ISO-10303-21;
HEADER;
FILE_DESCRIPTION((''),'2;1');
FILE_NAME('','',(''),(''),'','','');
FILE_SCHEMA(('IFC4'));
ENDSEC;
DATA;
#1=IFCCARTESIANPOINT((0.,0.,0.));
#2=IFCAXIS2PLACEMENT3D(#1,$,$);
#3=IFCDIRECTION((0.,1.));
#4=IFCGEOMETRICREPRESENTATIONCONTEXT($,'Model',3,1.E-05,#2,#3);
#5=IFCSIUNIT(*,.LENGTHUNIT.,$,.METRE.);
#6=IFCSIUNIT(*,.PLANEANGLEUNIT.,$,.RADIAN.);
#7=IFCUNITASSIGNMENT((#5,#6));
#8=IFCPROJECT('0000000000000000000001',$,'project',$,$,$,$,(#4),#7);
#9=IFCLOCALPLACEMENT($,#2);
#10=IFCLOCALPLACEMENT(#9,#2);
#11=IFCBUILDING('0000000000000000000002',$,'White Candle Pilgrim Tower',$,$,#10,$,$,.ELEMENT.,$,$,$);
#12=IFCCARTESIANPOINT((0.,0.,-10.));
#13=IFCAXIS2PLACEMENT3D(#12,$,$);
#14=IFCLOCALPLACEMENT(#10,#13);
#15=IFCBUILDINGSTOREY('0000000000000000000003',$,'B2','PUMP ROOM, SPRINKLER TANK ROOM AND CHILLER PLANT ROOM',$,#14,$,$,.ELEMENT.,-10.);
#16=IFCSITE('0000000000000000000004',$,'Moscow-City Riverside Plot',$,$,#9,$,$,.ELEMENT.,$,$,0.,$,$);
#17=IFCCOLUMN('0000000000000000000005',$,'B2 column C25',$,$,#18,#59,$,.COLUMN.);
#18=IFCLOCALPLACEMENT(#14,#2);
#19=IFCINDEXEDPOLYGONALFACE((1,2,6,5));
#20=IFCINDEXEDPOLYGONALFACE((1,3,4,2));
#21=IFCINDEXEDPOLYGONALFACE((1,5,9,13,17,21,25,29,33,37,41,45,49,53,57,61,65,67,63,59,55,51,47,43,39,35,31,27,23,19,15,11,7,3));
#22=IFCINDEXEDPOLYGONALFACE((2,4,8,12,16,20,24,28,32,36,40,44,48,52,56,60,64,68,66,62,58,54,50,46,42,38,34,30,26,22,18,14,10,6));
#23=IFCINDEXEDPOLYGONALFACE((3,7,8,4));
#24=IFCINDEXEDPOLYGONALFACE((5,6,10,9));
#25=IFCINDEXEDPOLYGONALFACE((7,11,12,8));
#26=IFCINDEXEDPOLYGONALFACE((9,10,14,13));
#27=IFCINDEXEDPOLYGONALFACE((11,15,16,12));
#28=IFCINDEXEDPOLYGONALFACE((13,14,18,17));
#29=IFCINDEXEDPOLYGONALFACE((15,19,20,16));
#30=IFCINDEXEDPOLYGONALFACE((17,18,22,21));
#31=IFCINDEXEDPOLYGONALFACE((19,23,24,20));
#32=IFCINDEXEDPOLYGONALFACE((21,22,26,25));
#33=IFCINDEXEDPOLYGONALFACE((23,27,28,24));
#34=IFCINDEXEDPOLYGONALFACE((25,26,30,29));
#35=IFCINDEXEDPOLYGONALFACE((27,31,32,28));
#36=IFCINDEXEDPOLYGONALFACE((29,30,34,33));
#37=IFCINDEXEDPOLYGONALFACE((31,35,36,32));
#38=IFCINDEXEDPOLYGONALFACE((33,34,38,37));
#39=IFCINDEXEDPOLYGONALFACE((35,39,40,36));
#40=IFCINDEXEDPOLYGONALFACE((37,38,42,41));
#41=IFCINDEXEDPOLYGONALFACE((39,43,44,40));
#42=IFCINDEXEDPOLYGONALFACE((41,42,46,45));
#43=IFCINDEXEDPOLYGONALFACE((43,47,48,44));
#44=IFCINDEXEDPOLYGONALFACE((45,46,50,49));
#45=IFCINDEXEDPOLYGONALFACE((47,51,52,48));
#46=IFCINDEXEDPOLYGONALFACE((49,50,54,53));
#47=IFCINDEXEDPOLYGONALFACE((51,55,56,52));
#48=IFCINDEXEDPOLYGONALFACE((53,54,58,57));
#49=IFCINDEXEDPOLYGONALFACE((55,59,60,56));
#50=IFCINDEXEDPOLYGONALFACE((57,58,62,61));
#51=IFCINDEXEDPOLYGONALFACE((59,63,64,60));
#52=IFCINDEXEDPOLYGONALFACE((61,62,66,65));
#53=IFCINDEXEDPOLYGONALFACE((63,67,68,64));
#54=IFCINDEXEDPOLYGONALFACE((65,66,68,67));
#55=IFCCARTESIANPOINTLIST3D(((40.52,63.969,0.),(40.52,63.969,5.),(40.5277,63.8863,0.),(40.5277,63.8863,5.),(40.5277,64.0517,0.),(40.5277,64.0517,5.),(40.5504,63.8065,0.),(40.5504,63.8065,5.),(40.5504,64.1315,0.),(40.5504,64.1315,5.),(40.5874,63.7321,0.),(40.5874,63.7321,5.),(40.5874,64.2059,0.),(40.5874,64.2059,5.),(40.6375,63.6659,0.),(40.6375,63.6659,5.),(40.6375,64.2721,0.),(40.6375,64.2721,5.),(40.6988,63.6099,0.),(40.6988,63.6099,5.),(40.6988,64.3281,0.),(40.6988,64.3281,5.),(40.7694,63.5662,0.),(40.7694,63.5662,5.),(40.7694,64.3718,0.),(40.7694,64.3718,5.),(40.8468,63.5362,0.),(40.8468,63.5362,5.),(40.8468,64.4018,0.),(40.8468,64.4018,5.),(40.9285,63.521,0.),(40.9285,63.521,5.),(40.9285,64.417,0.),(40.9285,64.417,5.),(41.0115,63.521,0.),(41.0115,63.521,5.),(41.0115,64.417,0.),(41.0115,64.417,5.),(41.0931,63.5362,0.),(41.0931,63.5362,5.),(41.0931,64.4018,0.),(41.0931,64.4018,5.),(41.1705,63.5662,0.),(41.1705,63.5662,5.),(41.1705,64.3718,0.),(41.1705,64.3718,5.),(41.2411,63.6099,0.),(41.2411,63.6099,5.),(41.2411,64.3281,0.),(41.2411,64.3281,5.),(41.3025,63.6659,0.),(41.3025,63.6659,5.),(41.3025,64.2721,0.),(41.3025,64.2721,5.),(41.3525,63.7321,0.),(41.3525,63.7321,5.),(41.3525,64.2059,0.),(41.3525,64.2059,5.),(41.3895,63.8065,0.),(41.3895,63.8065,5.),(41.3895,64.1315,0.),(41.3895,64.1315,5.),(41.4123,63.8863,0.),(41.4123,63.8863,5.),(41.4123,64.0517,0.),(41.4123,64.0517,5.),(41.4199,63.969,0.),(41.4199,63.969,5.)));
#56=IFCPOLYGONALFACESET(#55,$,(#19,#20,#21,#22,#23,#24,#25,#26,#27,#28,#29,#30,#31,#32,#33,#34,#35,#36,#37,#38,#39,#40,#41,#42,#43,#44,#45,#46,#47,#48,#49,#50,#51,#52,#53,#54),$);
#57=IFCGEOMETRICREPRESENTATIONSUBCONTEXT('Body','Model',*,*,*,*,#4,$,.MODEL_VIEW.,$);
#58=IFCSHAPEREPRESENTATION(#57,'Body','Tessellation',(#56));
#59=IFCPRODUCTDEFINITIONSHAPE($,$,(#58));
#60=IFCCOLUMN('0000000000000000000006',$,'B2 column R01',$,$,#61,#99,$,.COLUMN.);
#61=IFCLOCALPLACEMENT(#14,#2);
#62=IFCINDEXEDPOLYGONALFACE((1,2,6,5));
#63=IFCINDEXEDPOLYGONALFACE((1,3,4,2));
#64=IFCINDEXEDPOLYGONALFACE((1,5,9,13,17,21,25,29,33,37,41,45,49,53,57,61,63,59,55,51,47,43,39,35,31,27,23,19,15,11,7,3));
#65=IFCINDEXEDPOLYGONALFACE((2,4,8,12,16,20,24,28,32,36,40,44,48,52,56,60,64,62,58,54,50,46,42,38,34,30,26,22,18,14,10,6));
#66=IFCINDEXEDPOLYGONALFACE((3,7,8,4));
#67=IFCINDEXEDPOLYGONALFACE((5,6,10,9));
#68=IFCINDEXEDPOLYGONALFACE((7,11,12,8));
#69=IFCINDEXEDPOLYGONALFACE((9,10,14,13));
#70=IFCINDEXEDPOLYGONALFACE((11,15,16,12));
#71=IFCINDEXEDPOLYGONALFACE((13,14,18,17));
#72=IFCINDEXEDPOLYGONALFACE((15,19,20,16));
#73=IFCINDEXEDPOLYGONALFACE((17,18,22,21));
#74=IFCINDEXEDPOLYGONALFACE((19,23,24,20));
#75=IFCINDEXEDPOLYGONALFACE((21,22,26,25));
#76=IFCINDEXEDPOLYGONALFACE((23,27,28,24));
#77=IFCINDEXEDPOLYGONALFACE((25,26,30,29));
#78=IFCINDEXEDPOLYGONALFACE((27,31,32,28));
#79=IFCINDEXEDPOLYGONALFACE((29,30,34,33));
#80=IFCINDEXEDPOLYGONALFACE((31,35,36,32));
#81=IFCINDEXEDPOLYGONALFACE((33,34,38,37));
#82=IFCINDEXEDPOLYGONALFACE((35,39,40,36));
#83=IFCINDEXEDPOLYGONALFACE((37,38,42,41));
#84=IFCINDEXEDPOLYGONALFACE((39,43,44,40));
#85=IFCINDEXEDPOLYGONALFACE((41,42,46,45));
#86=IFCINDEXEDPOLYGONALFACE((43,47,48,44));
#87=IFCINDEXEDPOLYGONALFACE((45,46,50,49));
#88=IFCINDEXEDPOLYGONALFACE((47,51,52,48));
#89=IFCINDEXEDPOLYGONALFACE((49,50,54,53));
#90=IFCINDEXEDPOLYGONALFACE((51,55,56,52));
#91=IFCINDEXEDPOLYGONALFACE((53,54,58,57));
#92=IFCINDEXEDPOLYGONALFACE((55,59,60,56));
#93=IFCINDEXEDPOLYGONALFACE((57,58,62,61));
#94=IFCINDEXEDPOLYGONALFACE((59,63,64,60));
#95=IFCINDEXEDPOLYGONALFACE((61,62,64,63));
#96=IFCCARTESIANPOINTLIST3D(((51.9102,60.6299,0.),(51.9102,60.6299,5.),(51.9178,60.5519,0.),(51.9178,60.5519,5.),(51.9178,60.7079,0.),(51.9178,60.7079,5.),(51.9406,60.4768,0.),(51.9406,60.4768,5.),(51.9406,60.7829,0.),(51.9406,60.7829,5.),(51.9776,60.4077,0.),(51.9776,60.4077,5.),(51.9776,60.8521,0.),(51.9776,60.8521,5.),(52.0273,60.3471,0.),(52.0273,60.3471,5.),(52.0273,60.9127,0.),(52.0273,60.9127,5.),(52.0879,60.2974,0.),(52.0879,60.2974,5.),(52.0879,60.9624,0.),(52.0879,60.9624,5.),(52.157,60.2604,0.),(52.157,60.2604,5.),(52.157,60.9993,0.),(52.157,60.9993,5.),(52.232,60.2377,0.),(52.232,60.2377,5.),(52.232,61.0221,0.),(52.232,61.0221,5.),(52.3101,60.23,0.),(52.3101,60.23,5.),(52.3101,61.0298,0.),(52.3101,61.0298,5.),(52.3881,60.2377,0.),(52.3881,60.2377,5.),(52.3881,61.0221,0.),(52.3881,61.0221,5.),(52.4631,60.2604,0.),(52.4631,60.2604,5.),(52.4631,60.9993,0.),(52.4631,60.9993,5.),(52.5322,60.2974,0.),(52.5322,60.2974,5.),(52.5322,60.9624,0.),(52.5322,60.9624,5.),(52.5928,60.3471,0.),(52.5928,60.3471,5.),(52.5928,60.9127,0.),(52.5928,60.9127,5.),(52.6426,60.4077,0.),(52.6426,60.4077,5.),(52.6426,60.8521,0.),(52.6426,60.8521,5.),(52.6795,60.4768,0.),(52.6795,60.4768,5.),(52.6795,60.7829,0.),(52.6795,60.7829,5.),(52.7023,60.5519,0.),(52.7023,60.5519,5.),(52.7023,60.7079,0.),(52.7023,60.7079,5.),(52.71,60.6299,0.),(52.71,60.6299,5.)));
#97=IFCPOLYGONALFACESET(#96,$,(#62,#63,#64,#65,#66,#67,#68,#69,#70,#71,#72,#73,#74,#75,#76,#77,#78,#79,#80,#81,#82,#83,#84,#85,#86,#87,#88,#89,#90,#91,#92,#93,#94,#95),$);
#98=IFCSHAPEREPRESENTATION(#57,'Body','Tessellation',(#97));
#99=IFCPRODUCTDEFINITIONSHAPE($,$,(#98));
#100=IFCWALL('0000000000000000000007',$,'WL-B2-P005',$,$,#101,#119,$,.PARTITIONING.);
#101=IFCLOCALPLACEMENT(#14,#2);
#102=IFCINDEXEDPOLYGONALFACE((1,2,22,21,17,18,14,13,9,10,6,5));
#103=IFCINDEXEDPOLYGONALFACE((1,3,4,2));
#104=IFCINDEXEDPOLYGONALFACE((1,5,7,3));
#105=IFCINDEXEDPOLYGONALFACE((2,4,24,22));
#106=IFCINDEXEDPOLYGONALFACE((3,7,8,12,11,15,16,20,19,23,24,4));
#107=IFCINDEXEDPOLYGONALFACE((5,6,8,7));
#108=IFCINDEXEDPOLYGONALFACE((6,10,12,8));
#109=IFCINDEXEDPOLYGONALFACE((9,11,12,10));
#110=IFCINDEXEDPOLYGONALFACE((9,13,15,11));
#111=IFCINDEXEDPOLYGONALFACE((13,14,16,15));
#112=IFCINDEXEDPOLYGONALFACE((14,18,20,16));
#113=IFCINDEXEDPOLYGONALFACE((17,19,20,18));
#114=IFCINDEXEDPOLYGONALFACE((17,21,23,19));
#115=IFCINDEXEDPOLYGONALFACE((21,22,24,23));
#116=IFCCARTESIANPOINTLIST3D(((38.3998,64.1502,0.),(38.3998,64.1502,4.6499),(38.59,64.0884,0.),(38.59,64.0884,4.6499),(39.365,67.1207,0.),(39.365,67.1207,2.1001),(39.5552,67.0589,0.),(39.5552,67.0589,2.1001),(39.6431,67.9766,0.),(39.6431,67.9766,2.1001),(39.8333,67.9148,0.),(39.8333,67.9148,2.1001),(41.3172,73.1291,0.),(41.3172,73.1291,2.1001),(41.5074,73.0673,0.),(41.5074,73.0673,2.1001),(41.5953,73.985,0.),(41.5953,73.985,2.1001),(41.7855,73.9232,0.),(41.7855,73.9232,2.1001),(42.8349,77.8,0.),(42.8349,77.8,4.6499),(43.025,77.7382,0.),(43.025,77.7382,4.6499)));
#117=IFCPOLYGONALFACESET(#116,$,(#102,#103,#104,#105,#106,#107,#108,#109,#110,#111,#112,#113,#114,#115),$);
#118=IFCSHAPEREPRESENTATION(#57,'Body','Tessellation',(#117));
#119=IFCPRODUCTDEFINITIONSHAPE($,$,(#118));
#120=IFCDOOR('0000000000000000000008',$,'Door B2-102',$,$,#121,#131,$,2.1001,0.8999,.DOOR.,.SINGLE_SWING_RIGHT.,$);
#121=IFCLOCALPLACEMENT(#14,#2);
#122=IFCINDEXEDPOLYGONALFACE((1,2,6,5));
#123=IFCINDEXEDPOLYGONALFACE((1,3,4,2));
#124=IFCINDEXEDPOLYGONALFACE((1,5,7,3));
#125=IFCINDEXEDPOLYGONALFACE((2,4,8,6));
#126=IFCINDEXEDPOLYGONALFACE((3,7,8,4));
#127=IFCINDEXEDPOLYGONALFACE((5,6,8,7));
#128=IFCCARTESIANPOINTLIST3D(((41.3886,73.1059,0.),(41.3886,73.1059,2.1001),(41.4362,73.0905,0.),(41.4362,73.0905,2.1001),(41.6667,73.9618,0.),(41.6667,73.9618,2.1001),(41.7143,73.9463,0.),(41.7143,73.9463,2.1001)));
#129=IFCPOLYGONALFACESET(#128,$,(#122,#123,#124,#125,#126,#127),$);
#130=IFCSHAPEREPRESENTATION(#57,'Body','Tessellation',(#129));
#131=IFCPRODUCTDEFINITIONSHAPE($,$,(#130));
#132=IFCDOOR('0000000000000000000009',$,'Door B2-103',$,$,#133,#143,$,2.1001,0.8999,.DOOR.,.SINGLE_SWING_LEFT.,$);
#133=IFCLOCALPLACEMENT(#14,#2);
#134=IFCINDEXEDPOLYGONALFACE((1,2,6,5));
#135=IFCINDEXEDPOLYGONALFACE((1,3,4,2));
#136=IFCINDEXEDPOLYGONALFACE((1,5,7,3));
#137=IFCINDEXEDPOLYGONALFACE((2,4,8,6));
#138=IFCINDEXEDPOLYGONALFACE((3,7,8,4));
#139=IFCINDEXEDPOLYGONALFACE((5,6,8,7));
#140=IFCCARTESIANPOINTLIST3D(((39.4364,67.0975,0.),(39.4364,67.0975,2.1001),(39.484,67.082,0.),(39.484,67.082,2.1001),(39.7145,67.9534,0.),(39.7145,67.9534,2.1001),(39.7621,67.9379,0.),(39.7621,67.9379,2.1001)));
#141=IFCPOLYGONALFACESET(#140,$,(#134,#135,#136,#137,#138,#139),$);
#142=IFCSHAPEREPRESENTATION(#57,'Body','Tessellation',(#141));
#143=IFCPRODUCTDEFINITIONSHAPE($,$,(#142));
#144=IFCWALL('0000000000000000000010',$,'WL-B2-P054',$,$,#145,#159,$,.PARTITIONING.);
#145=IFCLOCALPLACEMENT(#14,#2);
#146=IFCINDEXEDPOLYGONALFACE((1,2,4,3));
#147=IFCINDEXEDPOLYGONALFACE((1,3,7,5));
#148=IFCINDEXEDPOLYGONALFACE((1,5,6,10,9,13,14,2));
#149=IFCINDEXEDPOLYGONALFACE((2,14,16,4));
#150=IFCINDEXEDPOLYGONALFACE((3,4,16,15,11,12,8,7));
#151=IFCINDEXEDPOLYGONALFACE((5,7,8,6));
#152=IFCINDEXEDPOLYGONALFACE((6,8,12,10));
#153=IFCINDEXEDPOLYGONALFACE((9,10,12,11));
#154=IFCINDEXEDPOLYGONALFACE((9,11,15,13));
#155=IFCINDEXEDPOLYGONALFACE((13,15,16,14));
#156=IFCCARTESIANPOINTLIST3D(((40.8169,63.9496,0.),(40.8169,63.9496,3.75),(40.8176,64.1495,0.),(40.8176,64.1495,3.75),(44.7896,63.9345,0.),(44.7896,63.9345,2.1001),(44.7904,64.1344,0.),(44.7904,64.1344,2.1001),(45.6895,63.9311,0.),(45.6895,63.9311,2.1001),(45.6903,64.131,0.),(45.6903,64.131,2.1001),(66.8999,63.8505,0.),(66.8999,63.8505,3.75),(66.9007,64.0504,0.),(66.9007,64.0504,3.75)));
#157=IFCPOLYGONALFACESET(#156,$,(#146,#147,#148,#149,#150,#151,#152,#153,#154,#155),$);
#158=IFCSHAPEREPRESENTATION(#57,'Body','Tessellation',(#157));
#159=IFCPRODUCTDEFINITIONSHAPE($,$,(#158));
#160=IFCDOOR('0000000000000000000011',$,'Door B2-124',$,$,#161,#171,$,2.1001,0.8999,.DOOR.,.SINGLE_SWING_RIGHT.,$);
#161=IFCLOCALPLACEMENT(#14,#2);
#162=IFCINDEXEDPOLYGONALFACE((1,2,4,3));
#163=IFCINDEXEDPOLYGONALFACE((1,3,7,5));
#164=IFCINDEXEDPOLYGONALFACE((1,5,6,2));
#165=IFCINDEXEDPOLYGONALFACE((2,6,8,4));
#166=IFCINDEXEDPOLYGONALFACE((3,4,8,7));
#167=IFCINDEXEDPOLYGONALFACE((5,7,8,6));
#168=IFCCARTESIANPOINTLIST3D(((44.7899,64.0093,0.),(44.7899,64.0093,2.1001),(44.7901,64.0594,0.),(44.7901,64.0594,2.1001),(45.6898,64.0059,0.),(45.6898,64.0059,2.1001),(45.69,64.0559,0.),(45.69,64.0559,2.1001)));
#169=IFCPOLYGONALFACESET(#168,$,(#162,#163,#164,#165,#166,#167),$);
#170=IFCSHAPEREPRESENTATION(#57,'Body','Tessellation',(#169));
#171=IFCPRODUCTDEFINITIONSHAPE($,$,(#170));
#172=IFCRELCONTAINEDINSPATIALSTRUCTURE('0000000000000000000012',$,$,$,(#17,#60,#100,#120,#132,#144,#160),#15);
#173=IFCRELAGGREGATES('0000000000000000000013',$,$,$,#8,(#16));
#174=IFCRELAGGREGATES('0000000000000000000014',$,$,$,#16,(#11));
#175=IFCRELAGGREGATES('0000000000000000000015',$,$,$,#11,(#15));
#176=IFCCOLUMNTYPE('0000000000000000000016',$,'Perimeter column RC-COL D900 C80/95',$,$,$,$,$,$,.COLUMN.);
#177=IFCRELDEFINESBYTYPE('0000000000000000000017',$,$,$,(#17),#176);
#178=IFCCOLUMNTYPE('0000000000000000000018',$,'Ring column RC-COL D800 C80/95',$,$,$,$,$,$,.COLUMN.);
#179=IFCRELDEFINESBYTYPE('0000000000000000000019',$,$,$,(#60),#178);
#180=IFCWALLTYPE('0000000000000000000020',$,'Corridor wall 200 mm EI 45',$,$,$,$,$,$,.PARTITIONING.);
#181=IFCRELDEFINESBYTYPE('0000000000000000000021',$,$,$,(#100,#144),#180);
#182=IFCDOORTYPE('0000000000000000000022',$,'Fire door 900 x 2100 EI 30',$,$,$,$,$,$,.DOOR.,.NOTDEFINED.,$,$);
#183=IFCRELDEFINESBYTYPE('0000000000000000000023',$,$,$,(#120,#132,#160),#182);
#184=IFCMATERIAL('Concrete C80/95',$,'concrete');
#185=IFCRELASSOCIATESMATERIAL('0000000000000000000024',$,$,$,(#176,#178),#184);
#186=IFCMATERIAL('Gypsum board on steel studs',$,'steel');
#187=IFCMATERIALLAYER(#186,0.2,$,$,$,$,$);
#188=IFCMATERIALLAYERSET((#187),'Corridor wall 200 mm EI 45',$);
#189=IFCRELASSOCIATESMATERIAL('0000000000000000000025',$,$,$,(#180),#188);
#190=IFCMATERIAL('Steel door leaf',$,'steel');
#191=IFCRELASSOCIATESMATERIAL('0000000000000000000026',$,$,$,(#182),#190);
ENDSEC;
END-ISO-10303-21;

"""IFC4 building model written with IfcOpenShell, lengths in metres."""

from ifc_helpers import new_model, si_unit, direction, frame, frame_2d, origin, origin_2d, place, context, subcontext, project, spatial, rectangle, circle, extrude, material, layer, layer_set, material_profile, profile_set, type_object, element, fill, save


model = new_model("IFC4")

# Units and contexts
model_context = context("Model", 3, precision=1e-05, world=origin(), true_north=direction((0.0, 1.0)))
body_context = subcontext(model_context, "Body", "Model", "MODEL_VIEW")
ifc_project = project(units=[si_unit("LENGTHUNIT", "METRE"), si_unit("PLANEANGLEUNIT", "RADIAN")], contexts=[model_context])

# Site, building, storey
site_placement = place(None, origin())
site = spatial("IfcSite", under=ifc_project, at=site_placement, Name="Moscow-City Riverside Plot", CompositionType="ELEMENT", RefElevation=0.0)
building_placement = place(site_placement, origin())
building = spatial("IfcBuilding", under=site, at=building_placement, Name="White Candle Pilgrim Tower", CompositionType="ELEMENT")
storey_placement = place(building_placement, frame((0.0, 0.0, -10.0)))
storey = spatial("IfcBuildingStorey", under=building, at=storey_placement, Name="B2", Description="PUMP ROOM, SPRINKLER TANK ROOM AND CHILLER PLANT ROOM", CompositionType="ELEMENT", Elevation=-10.0)

# Columns
ifc_material_1 = material(Name="Concrete C80/95", Category="concrete")
ifc_material_profile_1 = material_profile(ifc_material_1, circle(Radius=0.45, at=origin_2d()), Name="RC-COL D900")
ifc_profile_set_1 = profile_set([ifc_material_profile_1], Name="Concrete C80/95")
column_type_1 = type_object("IfcColumnType", Name="Perimeter column RC-COL D900 C80/95", PredefinedType="COLUMN", material=ifc_profile_set_1)
for number, where, z_axis, x_axis, name in (
    (1, (40.97, 63.969, 0.0), (0.0, 0.0, 1.0), (1.0, 0.0, 0.0), "B2 column C25"),
):
    element("IfcColumn", number, at=place(storey_placement, frame(where, z_axis=z_axis, x_axis=x_axis)), inside=storey, type_object=column_type_1, Name=name, PredefinedType="COLUMN", context=body_context, shape_type="SweptSolid", body=[
        extrude(circle(Radius=0.45, at=origin_2d()), origin(), (0.0, 0.0, 1.0), 5.0),
    ])
ifc_material_profile_2 = material_profile(ifc_material_1, circle(Radius=0.3999, at=origin_2d()), Name="RC-COL D800")
ifc_profile_set_2 = profile_set([ifc_material_profile_2], Name="Concrete C80/95")
column_type_2 = type_object("IfcColumnType", Name="Ring column RC-COL D800 C80/95", PredefinedType="COLUMN", material=ifc_profile_set_2)
column_placement = place(storey_placement, frame((52.3101, 60.6299, 0.0), z_axis=(0.0, 0.0, 1.0), x_axis=(1.0, 0.0, 0.0)))
element("IfcColumn", 2, at=column_placement, inside=storey, type_object=column_type_2, Name="B2 column R01", PredefinedType="COLUMN", context=body_context, shape_type="SweptSolid", body=[
    extrude(circle(Radius=0.3999, at=origin_2d()), origin(), (0.0, 0.0, 1.0), 5.0),
])

# Wall, openings, doors
ifc_material_2 = material(Name="Gypsum board on steel studs", Category="steel")
ifc_layer_1 = layer(ifc_material_2, 0.2)
ifc_layer_set_1 = layer_set([ifc_layer_1], Name="Corridor wall 200 mm EI 45")
wall_type_1 = type_object("IfcWallType", Name="Corridor wall 200 mm EI 45", PredefinedType="PARTITIONING", material=ifc_layer_set_1)
wall_1_placement = place(storey_placement, frame((38.4949, 64.1191, 0.0), z_axis=(0.0, 0.0, 1.0), x_axis=(0.309013, 0.951058, 0.0)))
wall_1 = element("IfcWall", 3, at=wall_1_placement, inside=storey, type_object=wall_type_1, Name="WL-B2-P005", PredefinedType="PARTITIONING", context=body_context, shape_type="SweptSolid", body=[
    extrude(rectangle(XDim=14.3523, YDim=0.2, at=frame_2d((7.1763, 0.0))), origin(), (0.0, 0.0, 1.0), 4.6499),
])
opening_1_placement = place(wall_1_placement, frame((9.4412, 0.0, 0.0)))
opening_1 = element("IfcOpeningElement", 4, at=opening_1_placement, cuts=wall_1, PredefinedType="OPENING", context=body_context, shape_type="SweptSolid", body=[
    extrude(rectangle(XDim=0.8999, YDim=2.1001, at=frame_2d((0.45, 1.05))), frame((0.0, 0.1099, 0.0), z_axis=(0.0, -1.0, 0.0), x_axis=(1.0, 0.0, 0.0)), (0.0, 0.0, 1.0), 0.22),
])
opening_2_placement = place(wall_1_placement, frame((3.1235, 0.0, 0.0)))
opening_2 = element("IfcOpeningElement", 5, at=opening_2_placement, cuts=wall_1, PredefinedType="OPENING", context=body_context, shape_type="SweptSolid", body=[
    extrude(rectangle(XDim=0.8999, YDim=2.1001, at=frame_2d((0.45, 1.05))), frame((0.0, 0.1099, 0.0), z_axis=(0.0, -1.0, 0.0), x_axis=(1.0, 0.0, 0.0)), (0.0, 0.0, 1.0), 0.22),
])
ifc_material_3 = material(Name="Steel door leaf", Category="steel")
door_type = type_object("IfcDoorType", Name="Fire door 900 x 2100 EI 30", OperationType="NOTDEFINED", PredefinedType="DOOR", material=ifc_material_3)
door_1_placement = place(opening_1_placement, origin())
door_1 = element("IfcDoor", 6, at=door_1_placement, inside=storey, type_object=door_type, Name="Door B2-102", OperationType="SINGLE_SWING_RIGHT", OverallHeight=2.1001, OverallWidth=0.8999, PredefinedType="DOOR", context=body_context, shape_type="SweptSolid", body=[
    extrude(rectangle(XDim=0.8999, YDim=2.1001, at=frame_2d((0.45, 1.05))), frame((0.0, 0.0249, 0.0), z_axis=(0.0, -1.0, 0.0), x_axis=(1.0, 0.0, 0.0)), (0.0, 0.0, 1.0), 0.05),
])
fill(opening_1, door_1)
door_2_placement = place(opening_2_placement, origin())
door_2 = element("IfcDoor", 7, at=door_2_placement, inside=storey, type_object=door_type, Name="Door B2-103", OperationType="SINGLE_SWING_LEFT", OverallHeight=2.1001, OverallWidth=0.8999, PredefinedType="DOOR", context=body_context, shape_type="SweptSolid", body=[
    extrude(rectangle(XDim=0.8999, YDim=2.1001, at=frame_2d((0.45, 1.05))), frame((0.0, 0.0249, 0.0), z_axis=(0.0, -1.0, 0.0), x_axis=(1.0, 0.0, 0.0)), (0.0, 0.0, 1.0), 0.05),
])
fill(opening_2, door_2)

# Wall, opening, door
wall_2_placement = place(storey_placement, frame((40.8174, 64.0496, 0.0), z_axis=(0.0, 0.0, 1.0), x_axis=(0.999993, -0.0038, 0.0)))
wall_2 = element("IfcWall", 8, at=wall_2_placement, inside=storey, type_object=wall_type_1, Name="WL-B2-P054", PredefinedType="PARTITIONING", context=body_context, shape_type="SweptSolid", body=[
    extrude(rectangle(XDim=26.0833, YDim=0.2, at=frame_2d((13.0415, 0.0))), origin(), (0.0, 0.0, 1.0), 3.75),
])
opening_3_placement = place(wall_2_placement, frame((3.9727, 0.0, 0.0)))
opening_3 = element("IfcOpeningElement", 9, at=opening_3_placement, cuts=wall_2, PredefinedType="OPENING", context=body_context, shape_type="SweptSolid", body=[
    extrude(rectangle(XDim=0.8999, YDim=2.1001, at=frame_2d((0.45, 1.05))), frame((0.0, 0.1099, 0.0), z_axis=(0.0, -1.0, 0.0), x_axis=(1.0, 0.0, 0.0)), (0.0, 0.0, 1.0), 0.22),
])
door_3_placement = place(opening_3_placement, origin())
door_3 = element("IfcDoor", 10, at=door_3_placement, inside=storey, type_object=door_type, Name="Door B2-124", OperationType="SINGLE_SWING_RIGHT", OverallHeight=2.1001, OverallWidth=0.8999, PredefinedType="DOOR", context=body_context, shape_type="SweptSolid", body=[
    extrude(rectangle(XDim=0.8999, YDim=2.1001, at=frame_2d((0.45, 1.05))), frame((0.0, 0.0249, 0.0), z_axis=(0.0, -1.0, 0.0), x_axis=(1.0, 0.0, 0.0)), (0.0, 0.0, 1.0), 0.05),
])
fill(opening_3, door_3)

save(model, "model.ifc")
